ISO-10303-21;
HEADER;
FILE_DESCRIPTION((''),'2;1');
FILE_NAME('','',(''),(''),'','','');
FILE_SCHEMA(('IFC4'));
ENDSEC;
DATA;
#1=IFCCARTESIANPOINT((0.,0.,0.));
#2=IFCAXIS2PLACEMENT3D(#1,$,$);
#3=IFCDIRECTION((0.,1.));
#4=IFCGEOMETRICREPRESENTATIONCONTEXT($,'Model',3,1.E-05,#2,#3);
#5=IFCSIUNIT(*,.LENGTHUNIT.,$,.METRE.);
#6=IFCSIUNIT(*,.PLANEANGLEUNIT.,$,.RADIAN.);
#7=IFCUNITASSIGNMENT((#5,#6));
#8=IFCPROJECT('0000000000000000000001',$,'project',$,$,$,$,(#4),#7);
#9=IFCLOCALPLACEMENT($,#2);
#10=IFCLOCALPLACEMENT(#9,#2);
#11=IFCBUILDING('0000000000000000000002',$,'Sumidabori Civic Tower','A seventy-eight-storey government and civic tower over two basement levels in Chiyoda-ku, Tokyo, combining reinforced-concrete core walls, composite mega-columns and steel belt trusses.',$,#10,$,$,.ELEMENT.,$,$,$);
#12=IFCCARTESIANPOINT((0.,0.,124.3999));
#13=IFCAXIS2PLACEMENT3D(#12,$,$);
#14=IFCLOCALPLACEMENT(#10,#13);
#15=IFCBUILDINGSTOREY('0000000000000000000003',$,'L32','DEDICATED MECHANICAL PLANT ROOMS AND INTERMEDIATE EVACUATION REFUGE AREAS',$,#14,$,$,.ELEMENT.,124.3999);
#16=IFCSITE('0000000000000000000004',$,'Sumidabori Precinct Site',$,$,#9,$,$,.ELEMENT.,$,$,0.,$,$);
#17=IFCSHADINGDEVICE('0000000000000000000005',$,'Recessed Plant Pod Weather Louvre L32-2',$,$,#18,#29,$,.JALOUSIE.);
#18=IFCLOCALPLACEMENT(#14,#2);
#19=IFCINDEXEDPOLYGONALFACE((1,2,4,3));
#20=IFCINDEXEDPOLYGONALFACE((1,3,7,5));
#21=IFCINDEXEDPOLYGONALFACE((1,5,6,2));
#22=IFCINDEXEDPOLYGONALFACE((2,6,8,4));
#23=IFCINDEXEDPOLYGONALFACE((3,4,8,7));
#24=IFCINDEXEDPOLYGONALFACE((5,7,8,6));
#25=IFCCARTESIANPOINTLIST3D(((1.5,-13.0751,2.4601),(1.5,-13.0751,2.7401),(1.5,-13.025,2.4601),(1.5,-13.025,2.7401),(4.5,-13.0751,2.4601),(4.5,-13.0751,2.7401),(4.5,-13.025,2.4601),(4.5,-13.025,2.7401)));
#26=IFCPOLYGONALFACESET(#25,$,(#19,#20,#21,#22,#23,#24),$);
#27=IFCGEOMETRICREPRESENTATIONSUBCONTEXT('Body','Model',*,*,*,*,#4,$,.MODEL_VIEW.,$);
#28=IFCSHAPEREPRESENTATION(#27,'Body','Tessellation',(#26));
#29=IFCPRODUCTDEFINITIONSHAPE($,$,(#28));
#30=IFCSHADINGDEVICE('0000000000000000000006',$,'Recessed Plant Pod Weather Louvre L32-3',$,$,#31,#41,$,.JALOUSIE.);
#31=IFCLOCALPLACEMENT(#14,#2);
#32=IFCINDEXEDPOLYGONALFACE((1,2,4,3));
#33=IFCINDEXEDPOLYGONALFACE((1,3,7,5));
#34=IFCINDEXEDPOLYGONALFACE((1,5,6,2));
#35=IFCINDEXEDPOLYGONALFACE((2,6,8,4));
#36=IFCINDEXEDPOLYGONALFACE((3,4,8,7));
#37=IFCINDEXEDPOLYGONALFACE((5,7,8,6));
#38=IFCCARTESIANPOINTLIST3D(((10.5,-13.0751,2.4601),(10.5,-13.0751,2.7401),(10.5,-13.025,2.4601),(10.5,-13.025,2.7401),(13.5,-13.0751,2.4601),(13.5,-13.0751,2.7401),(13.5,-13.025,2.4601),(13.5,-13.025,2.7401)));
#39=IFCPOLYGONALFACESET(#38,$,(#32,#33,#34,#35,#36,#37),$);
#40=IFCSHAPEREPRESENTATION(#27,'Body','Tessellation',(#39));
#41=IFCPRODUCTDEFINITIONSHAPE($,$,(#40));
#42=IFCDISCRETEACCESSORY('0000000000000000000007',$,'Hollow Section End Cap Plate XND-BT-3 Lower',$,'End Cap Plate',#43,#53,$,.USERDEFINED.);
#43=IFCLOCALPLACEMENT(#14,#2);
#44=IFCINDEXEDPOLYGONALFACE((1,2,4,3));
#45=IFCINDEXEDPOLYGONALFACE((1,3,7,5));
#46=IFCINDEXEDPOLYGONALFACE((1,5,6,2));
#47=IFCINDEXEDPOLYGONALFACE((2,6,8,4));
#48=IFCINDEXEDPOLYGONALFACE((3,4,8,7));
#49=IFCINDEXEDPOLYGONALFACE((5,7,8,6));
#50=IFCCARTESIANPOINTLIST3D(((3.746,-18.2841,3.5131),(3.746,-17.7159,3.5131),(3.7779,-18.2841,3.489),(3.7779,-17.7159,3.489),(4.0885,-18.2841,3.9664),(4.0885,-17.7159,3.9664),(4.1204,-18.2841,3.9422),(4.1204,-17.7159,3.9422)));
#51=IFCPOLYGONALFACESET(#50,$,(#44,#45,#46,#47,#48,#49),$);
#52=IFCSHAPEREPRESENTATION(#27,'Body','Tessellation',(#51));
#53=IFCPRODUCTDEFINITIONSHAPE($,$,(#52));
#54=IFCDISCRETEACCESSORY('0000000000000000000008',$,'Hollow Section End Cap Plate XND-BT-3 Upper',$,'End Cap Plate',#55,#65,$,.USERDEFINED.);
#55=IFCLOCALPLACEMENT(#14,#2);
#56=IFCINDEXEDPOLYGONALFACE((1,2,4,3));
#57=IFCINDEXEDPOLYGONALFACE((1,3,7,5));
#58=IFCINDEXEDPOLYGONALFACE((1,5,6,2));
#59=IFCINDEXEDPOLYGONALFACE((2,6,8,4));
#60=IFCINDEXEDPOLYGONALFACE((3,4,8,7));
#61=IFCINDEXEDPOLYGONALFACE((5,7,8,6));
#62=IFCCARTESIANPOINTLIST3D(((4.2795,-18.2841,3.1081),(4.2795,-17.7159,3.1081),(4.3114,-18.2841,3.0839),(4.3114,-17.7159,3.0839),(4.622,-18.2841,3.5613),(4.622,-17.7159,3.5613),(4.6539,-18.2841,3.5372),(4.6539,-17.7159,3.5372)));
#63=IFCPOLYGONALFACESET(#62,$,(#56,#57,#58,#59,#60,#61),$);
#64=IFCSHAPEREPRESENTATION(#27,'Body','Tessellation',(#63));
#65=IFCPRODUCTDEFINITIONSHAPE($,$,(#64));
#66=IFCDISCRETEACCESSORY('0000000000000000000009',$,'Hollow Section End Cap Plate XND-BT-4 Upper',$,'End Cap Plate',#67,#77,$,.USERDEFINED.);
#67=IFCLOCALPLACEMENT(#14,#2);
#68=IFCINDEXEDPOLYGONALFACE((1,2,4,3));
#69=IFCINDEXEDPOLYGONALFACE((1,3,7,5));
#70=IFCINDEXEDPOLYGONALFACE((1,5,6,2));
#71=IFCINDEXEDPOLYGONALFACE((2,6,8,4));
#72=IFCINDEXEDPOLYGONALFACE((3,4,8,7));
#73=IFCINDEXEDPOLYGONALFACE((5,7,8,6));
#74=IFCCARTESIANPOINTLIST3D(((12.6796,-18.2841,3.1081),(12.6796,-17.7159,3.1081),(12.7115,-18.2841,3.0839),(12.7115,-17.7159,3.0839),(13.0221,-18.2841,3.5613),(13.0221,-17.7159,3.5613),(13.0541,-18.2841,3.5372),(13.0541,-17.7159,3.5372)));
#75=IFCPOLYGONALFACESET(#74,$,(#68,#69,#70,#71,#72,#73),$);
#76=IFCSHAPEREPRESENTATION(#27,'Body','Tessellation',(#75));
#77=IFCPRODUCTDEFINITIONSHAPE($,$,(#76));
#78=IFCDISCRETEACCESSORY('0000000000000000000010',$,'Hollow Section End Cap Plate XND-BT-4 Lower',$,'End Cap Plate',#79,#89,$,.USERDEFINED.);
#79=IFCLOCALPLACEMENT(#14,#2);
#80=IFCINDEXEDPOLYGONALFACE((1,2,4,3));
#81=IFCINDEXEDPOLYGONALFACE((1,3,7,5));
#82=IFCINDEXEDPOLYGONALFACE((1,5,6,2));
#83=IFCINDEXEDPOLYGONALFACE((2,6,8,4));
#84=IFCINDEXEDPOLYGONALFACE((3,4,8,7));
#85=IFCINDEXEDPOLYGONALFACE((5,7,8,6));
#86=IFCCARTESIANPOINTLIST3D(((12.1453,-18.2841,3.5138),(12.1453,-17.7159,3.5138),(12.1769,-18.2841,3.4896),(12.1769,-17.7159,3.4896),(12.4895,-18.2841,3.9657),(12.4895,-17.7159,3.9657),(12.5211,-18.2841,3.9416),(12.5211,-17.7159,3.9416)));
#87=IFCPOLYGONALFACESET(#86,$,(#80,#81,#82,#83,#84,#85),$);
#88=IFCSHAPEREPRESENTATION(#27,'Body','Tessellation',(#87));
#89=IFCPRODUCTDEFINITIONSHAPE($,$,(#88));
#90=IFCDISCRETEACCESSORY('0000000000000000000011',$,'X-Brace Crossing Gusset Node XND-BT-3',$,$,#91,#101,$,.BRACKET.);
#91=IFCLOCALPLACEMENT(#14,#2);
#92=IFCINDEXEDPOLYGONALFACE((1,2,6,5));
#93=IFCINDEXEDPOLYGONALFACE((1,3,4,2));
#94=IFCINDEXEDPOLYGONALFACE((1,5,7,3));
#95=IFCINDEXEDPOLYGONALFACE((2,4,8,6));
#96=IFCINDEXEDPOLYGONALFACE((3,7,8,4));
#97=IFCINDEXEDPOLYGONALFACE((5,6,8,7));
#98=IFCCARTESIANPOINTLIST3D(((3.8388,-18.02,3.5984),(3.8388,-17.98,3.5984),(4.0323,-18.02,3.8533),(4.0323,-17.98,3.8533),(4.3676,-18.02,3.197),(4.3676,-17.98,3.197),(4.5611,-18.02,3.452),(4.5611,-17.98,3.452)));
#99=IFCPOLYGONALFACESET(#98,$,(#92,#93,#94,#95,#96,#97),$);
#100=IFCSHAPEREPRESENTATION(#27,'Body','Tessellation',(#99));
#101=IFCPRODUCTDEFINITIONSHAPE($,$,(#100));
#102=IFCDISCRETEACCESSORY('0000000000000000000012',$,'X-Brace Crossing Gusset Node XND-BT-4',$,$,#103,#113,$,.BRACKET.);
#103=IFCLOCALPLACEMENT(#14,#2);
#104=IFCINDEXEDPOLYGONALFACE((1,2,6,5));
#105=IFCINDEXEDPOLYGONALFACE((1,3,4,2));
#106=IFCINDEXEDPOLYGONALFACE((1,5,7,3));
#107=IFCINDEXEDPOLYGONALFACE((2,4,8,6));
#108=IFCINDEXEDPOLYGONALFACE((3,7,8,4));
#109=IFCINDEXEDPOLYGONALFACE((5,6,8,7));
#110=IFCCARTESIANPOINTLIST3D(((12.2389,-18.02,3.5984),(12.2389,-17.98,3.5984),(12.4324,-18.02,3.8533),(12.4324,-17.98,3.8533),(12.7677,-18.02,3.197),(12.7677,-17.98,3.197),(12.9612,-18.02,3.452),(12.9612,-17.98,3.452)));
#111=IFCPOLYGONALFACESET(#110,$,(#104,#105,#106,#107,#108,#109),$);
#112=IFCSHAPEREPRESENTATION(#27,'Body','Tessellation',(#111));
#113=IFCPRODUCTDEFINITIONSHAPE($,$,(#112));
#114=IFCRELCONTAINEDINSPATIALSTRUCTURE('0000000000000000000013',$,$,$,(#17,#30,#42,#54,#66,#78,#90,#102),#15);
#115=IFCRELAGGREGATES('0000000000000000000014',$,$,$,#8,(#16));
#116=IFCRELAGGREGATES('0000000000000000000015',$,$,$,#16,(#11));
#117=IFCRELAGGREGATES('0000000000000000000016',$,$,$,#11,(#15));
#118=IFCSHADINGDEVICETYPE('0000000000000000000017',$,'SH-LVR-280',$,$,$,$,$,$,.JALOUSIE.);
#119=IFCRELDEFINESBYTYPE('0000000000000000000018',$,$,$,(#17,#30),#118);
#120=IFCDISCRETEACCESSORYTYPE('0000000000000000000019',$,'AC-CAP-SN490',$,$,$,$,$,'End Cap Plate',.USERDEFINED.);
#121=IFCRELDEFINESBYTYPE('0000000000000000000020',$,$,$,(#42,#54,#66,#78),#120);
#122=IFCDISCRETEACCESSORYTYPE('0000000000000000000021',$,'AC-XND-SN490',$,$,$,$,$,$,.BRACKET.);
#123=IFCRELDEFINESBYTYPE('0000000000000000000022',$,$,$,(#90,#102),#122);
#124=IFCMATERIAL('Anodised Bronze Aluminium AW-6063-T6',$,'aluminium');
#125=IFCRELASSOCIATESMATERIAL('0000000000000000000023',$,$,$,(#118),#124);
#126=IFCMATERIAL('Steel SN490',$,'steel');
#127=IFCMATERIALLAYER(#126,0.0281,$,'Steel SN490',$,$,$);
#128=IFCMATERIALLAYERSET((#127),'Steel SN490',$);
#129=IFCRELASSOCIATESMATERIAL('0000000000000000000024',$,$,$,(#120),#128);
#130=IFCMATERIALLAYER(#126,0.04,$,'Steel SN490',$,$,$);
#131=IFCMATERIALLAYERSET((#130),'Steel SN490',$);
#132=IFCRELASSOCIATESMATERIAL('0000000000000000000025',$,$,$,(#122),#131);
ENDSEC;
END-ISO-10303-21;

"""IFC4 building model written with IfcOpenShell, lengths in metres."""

from ifc_helpers import new_model, si_unit, direction, frame, origin, origin_2d, place, context, subcontext, project, spatial, rectangle, extrude, source, transform, mapped, material, layer, layer_set, material_profile, profile_set, type_object, element, save


model = new_model("IFC4")

# Units and contexts
model_context = context("Model", 3, precision=1e-05, world=origin(), true_north=direction((0.0, 1.0)))
body_context = subcontext(model_context, "Body", "Model", "MODEL_VIEW")
ifc_project = project(units=[si_unit("LENGTHUNIT", "METRE"), si_unit("PLANEANGLEUNIT", "RADIAN")], contexts=[model_context])

# Site, building, storey
site_placement = place(None, origin())
site = spatial("IfcSite", under=ifc_project, at=site_placement, Name="Sumidabori Precinct Site", CompositionType="ELEMENT", RefElevation=0.0)
building_placement = place(site_placement, origin())
building = spatial("IfcBuilding", under=site, at=building_placement, Name="Sumidabori Civic Tower", Description="A seventy-eight-storey government and civic tower over two basement levels in Chiyoda-ku, Tokyo, combining reinforced-concrete core walls, composite mega-columns and steel belt trusses.", CompositionType="ELEMENT")
storey_placement = place(building_placement, frame((0.0, 0.0, 124.3999)))
storey = spatial("IfcBuildingStorey", under=building, at=storey_placement, Name="L32", Description="DEDICATED MECHANICAL PLANT ROOMS AND INTERMEDIATE EVACUATION REFUGE AREAS", CompositionType="ELEMENT", Elevation=124.3999)

# Shared definitions
ifc_material_1 = material(Name="Steel SN490", Category="steel")

# Shared definitions
ifc_material_2 = material(Name="Anodised Bronze Aluminium AW-6063-T6", Category="aluminium")

# Shading devices
ifc_material_profile_1 = material_profile(ifc_material_2, rectangle(XDim=0.05, YDim=0.28, at=origin_2d()), Name="BRONZE LOUVRE 280x50")
ifc_profile_set_1 = profile_set([ifc_material_profile_1], Name="Anodised Bronze Aluminium AW-6063-T6")
shading_device_type = type_object("IfcShadingDeviceType", Name="SH-LVR-280", PredefinedType="JALOUSIE", material=ifc_profile_set_1)
shared_shape_1 = source(origin(), body_context, "Body", "SweptSolid", [
    extrude(rectangle(XDim=0.05, YDim=0.28, at=origin_2d()), origin(), (0.0, 0.0, 1.0), 3.0),
])
for number, where, z_axis, x_axis, name in (
    (1, (1.5, -13.05, 2.6001), (1.0, 0.0, 0.0), (0.0, 1.0, 0.0), "Recessed Plant Pod Weather Louvre L32-2"),
    (2, (10.5, -13.05, 2.6001), (1.0, 0.0, 0.0), (0.0, 1.0, 0.0), "Recessed Plant Pod Weather Louvre L32-3"),
):
    element("IfcShadingDevice", number, at=place(storey_placement, frame(where, z_axis=z_axis, x_axis=x_axis)), inside=storey, type_object=shading_device_type, Name=name, PredefinedType="JALOUSIE", context=body_context, shape_type="MappedRepresentation", body=[
        mapped(shared_shape_1, transform((0.0, 0.0, 0.0), x_axis=(1.0, 0.0, 0.0), y_axis=(0.0, 1.0, 0.0), z_axis=(0.0, 0.0, 1.0), scale=1.0)),
    ])

# Discrete accessories
ifc_layer_1 = layer(ifc_material_1, 0.0281, Name="Steel SN490")
ifc_layer_set_1 = layer_set([ifc_layer_1], Name="Steel SN490")
discrete_accessory_type_1 = type_object("IfcDiscreteAccessoryType", Name="AC-CAP-SN490", ElementType="End Cap Plate", PredefinedType="USERDEFINED", material=ifc_layer_set_1)
shared_shape_2 = source(origin(), body_context, "Body", "SweptSolid", [
    extrude(rectangle(XDim=0.5681, YDim=0.5681, at=origin_2d()), origin(), (0.0, 0.0, 1.0), 0.04),
])
for number, where, z_axis, x_axis, name in (
    (3, (3.9172, -18.0, 3.7397), (0.797802, 0.0, -0.602919), (0.0, 1.0, 0.0), "Hollow Section End Cap Plate XND-BT-3 Lower"),
    (4, (4.4827, -18.0, 3.3105), (-0.797802, 0.0, 0.602919), (0.0, -1.0, 0.0), "Hollow Section End Cap Plate XND-BT-3 Upper"),
    (5, (12.8828, -18.0, 3.3105), (-0.797802, 0.0, 0.602919), (0.0, -1.0, 0.0), "Hollow Section End Cap Plate XND-BT-4 Upper"),
):
    element("IfcDiscreteAccessory", number, at=place(storey_placement, frame(where, z_axis=z_axis, x_axis=x_axis)), inside=storey, type_object=discrete_accessory_type_1, Name=name, ObjectType="End Cap Plate", PredefinedType="USERDEFINED", context=body_context, shape_type="MappedRepresentation", body=[
        mapped(shared_shape_2, transform((0.0, 0.0, 0.0), x_axis=(1.0, 0.0, 0.0), y_axis=(0.0, 1.0, 0.0), z_axis=(0.0, 0.0, 1.0), scale=1.0)),
    ])
shared_shape_3 = source(origin(), body_context, "Body", "SweptSolid", [
    extrude(rectangle(XDim=0.5681, YDim=0.5681, at=origin_2d()), origin(), (0.0, 0.0, 1.0), 0.0398),
])
discrete_accessory_placement = place(storey_placement, frame((12.3174, -18.0, 3.7397), z_axis=(0.795572, 0.0, -0.605859), x_axis=(0.0, 1.0, 0.0)))
element("IfcDiscreteAccessory", 6, at=discrete_accessory_placement, inside=storey, type_object=discrete_accessory_type_1, Name="Hollow Section End Cap Plate XND-BT-4 Lower", ObjectType="End Cap Plate", PredefinedType="USERDEFINED", context=body_context, shape_type="MappedRepresentation", body=[
    mapped(shared_shape_3, transform((0.0, 0.0, 0.0), x_axis=(1.0, 0.0, 0.0), y_axis=(0.0, 1.0, 0.0), z_axis=(0.0, 0.0, 1.0), scale=1.0)),
])
ifc_layer_2 = layer(ifc_material_1, 0.04, Name="Steel SN490")
ifc_layer_set_2 = layer_set([ifc_layer_2], Name="Steel SN490")
discrete_accessory_type_2 = type_object("IfcDiscreteAccessoryType", Name="AC-XND-SN490", PredefinedType="BRACKET", material=ifc_layer_set_2)
shared_shape_4 = source(origin(), body_context, "Body", "SweptSolid", [
    extrude(rectangle(XDim=0.04, YDim=0.3201, at=origin_2d()), origin(), (0.0, 0.0, 1.0), 0.6638),
])
for number, where, z_axis, x_axis, name in (
    (7, (3.9355, -18.0, 3.7258), (0.796545, 0.0, -0.60458), (0.0, 1.0, 0.0), "X-Brace Crossing Gusset Node XND-BT-3"),
    (8, (12.3357, -18.0, 3.7258), (0.796545, 0.0, -0.60458), (0.0, 1.0, 0.0), "X-Brace Crossing Gusset Node XND-BT-4"),
):
    element("IfcDiscreteAccessory", number, at=place(storey_placement, frame(where, z_axis=z_axis, x_axis=x_axis)), inside=storey, type_object=discrete_accessory_type_2, Name=name, PredefinedType="BRACKET", context=body_context, shape_type="MappedRepresentation", body=[
        mapped(shared_shape_4, transform((0.0, 0.0, 0.0), x_axis=(1.0, 0.0, 0.0), y_axis=(0.0, 1.0, 0.0), z_axis=(0.0, 0.0, 1.0), scale=1.0)),
    ])

save(model, "model.ifc")
